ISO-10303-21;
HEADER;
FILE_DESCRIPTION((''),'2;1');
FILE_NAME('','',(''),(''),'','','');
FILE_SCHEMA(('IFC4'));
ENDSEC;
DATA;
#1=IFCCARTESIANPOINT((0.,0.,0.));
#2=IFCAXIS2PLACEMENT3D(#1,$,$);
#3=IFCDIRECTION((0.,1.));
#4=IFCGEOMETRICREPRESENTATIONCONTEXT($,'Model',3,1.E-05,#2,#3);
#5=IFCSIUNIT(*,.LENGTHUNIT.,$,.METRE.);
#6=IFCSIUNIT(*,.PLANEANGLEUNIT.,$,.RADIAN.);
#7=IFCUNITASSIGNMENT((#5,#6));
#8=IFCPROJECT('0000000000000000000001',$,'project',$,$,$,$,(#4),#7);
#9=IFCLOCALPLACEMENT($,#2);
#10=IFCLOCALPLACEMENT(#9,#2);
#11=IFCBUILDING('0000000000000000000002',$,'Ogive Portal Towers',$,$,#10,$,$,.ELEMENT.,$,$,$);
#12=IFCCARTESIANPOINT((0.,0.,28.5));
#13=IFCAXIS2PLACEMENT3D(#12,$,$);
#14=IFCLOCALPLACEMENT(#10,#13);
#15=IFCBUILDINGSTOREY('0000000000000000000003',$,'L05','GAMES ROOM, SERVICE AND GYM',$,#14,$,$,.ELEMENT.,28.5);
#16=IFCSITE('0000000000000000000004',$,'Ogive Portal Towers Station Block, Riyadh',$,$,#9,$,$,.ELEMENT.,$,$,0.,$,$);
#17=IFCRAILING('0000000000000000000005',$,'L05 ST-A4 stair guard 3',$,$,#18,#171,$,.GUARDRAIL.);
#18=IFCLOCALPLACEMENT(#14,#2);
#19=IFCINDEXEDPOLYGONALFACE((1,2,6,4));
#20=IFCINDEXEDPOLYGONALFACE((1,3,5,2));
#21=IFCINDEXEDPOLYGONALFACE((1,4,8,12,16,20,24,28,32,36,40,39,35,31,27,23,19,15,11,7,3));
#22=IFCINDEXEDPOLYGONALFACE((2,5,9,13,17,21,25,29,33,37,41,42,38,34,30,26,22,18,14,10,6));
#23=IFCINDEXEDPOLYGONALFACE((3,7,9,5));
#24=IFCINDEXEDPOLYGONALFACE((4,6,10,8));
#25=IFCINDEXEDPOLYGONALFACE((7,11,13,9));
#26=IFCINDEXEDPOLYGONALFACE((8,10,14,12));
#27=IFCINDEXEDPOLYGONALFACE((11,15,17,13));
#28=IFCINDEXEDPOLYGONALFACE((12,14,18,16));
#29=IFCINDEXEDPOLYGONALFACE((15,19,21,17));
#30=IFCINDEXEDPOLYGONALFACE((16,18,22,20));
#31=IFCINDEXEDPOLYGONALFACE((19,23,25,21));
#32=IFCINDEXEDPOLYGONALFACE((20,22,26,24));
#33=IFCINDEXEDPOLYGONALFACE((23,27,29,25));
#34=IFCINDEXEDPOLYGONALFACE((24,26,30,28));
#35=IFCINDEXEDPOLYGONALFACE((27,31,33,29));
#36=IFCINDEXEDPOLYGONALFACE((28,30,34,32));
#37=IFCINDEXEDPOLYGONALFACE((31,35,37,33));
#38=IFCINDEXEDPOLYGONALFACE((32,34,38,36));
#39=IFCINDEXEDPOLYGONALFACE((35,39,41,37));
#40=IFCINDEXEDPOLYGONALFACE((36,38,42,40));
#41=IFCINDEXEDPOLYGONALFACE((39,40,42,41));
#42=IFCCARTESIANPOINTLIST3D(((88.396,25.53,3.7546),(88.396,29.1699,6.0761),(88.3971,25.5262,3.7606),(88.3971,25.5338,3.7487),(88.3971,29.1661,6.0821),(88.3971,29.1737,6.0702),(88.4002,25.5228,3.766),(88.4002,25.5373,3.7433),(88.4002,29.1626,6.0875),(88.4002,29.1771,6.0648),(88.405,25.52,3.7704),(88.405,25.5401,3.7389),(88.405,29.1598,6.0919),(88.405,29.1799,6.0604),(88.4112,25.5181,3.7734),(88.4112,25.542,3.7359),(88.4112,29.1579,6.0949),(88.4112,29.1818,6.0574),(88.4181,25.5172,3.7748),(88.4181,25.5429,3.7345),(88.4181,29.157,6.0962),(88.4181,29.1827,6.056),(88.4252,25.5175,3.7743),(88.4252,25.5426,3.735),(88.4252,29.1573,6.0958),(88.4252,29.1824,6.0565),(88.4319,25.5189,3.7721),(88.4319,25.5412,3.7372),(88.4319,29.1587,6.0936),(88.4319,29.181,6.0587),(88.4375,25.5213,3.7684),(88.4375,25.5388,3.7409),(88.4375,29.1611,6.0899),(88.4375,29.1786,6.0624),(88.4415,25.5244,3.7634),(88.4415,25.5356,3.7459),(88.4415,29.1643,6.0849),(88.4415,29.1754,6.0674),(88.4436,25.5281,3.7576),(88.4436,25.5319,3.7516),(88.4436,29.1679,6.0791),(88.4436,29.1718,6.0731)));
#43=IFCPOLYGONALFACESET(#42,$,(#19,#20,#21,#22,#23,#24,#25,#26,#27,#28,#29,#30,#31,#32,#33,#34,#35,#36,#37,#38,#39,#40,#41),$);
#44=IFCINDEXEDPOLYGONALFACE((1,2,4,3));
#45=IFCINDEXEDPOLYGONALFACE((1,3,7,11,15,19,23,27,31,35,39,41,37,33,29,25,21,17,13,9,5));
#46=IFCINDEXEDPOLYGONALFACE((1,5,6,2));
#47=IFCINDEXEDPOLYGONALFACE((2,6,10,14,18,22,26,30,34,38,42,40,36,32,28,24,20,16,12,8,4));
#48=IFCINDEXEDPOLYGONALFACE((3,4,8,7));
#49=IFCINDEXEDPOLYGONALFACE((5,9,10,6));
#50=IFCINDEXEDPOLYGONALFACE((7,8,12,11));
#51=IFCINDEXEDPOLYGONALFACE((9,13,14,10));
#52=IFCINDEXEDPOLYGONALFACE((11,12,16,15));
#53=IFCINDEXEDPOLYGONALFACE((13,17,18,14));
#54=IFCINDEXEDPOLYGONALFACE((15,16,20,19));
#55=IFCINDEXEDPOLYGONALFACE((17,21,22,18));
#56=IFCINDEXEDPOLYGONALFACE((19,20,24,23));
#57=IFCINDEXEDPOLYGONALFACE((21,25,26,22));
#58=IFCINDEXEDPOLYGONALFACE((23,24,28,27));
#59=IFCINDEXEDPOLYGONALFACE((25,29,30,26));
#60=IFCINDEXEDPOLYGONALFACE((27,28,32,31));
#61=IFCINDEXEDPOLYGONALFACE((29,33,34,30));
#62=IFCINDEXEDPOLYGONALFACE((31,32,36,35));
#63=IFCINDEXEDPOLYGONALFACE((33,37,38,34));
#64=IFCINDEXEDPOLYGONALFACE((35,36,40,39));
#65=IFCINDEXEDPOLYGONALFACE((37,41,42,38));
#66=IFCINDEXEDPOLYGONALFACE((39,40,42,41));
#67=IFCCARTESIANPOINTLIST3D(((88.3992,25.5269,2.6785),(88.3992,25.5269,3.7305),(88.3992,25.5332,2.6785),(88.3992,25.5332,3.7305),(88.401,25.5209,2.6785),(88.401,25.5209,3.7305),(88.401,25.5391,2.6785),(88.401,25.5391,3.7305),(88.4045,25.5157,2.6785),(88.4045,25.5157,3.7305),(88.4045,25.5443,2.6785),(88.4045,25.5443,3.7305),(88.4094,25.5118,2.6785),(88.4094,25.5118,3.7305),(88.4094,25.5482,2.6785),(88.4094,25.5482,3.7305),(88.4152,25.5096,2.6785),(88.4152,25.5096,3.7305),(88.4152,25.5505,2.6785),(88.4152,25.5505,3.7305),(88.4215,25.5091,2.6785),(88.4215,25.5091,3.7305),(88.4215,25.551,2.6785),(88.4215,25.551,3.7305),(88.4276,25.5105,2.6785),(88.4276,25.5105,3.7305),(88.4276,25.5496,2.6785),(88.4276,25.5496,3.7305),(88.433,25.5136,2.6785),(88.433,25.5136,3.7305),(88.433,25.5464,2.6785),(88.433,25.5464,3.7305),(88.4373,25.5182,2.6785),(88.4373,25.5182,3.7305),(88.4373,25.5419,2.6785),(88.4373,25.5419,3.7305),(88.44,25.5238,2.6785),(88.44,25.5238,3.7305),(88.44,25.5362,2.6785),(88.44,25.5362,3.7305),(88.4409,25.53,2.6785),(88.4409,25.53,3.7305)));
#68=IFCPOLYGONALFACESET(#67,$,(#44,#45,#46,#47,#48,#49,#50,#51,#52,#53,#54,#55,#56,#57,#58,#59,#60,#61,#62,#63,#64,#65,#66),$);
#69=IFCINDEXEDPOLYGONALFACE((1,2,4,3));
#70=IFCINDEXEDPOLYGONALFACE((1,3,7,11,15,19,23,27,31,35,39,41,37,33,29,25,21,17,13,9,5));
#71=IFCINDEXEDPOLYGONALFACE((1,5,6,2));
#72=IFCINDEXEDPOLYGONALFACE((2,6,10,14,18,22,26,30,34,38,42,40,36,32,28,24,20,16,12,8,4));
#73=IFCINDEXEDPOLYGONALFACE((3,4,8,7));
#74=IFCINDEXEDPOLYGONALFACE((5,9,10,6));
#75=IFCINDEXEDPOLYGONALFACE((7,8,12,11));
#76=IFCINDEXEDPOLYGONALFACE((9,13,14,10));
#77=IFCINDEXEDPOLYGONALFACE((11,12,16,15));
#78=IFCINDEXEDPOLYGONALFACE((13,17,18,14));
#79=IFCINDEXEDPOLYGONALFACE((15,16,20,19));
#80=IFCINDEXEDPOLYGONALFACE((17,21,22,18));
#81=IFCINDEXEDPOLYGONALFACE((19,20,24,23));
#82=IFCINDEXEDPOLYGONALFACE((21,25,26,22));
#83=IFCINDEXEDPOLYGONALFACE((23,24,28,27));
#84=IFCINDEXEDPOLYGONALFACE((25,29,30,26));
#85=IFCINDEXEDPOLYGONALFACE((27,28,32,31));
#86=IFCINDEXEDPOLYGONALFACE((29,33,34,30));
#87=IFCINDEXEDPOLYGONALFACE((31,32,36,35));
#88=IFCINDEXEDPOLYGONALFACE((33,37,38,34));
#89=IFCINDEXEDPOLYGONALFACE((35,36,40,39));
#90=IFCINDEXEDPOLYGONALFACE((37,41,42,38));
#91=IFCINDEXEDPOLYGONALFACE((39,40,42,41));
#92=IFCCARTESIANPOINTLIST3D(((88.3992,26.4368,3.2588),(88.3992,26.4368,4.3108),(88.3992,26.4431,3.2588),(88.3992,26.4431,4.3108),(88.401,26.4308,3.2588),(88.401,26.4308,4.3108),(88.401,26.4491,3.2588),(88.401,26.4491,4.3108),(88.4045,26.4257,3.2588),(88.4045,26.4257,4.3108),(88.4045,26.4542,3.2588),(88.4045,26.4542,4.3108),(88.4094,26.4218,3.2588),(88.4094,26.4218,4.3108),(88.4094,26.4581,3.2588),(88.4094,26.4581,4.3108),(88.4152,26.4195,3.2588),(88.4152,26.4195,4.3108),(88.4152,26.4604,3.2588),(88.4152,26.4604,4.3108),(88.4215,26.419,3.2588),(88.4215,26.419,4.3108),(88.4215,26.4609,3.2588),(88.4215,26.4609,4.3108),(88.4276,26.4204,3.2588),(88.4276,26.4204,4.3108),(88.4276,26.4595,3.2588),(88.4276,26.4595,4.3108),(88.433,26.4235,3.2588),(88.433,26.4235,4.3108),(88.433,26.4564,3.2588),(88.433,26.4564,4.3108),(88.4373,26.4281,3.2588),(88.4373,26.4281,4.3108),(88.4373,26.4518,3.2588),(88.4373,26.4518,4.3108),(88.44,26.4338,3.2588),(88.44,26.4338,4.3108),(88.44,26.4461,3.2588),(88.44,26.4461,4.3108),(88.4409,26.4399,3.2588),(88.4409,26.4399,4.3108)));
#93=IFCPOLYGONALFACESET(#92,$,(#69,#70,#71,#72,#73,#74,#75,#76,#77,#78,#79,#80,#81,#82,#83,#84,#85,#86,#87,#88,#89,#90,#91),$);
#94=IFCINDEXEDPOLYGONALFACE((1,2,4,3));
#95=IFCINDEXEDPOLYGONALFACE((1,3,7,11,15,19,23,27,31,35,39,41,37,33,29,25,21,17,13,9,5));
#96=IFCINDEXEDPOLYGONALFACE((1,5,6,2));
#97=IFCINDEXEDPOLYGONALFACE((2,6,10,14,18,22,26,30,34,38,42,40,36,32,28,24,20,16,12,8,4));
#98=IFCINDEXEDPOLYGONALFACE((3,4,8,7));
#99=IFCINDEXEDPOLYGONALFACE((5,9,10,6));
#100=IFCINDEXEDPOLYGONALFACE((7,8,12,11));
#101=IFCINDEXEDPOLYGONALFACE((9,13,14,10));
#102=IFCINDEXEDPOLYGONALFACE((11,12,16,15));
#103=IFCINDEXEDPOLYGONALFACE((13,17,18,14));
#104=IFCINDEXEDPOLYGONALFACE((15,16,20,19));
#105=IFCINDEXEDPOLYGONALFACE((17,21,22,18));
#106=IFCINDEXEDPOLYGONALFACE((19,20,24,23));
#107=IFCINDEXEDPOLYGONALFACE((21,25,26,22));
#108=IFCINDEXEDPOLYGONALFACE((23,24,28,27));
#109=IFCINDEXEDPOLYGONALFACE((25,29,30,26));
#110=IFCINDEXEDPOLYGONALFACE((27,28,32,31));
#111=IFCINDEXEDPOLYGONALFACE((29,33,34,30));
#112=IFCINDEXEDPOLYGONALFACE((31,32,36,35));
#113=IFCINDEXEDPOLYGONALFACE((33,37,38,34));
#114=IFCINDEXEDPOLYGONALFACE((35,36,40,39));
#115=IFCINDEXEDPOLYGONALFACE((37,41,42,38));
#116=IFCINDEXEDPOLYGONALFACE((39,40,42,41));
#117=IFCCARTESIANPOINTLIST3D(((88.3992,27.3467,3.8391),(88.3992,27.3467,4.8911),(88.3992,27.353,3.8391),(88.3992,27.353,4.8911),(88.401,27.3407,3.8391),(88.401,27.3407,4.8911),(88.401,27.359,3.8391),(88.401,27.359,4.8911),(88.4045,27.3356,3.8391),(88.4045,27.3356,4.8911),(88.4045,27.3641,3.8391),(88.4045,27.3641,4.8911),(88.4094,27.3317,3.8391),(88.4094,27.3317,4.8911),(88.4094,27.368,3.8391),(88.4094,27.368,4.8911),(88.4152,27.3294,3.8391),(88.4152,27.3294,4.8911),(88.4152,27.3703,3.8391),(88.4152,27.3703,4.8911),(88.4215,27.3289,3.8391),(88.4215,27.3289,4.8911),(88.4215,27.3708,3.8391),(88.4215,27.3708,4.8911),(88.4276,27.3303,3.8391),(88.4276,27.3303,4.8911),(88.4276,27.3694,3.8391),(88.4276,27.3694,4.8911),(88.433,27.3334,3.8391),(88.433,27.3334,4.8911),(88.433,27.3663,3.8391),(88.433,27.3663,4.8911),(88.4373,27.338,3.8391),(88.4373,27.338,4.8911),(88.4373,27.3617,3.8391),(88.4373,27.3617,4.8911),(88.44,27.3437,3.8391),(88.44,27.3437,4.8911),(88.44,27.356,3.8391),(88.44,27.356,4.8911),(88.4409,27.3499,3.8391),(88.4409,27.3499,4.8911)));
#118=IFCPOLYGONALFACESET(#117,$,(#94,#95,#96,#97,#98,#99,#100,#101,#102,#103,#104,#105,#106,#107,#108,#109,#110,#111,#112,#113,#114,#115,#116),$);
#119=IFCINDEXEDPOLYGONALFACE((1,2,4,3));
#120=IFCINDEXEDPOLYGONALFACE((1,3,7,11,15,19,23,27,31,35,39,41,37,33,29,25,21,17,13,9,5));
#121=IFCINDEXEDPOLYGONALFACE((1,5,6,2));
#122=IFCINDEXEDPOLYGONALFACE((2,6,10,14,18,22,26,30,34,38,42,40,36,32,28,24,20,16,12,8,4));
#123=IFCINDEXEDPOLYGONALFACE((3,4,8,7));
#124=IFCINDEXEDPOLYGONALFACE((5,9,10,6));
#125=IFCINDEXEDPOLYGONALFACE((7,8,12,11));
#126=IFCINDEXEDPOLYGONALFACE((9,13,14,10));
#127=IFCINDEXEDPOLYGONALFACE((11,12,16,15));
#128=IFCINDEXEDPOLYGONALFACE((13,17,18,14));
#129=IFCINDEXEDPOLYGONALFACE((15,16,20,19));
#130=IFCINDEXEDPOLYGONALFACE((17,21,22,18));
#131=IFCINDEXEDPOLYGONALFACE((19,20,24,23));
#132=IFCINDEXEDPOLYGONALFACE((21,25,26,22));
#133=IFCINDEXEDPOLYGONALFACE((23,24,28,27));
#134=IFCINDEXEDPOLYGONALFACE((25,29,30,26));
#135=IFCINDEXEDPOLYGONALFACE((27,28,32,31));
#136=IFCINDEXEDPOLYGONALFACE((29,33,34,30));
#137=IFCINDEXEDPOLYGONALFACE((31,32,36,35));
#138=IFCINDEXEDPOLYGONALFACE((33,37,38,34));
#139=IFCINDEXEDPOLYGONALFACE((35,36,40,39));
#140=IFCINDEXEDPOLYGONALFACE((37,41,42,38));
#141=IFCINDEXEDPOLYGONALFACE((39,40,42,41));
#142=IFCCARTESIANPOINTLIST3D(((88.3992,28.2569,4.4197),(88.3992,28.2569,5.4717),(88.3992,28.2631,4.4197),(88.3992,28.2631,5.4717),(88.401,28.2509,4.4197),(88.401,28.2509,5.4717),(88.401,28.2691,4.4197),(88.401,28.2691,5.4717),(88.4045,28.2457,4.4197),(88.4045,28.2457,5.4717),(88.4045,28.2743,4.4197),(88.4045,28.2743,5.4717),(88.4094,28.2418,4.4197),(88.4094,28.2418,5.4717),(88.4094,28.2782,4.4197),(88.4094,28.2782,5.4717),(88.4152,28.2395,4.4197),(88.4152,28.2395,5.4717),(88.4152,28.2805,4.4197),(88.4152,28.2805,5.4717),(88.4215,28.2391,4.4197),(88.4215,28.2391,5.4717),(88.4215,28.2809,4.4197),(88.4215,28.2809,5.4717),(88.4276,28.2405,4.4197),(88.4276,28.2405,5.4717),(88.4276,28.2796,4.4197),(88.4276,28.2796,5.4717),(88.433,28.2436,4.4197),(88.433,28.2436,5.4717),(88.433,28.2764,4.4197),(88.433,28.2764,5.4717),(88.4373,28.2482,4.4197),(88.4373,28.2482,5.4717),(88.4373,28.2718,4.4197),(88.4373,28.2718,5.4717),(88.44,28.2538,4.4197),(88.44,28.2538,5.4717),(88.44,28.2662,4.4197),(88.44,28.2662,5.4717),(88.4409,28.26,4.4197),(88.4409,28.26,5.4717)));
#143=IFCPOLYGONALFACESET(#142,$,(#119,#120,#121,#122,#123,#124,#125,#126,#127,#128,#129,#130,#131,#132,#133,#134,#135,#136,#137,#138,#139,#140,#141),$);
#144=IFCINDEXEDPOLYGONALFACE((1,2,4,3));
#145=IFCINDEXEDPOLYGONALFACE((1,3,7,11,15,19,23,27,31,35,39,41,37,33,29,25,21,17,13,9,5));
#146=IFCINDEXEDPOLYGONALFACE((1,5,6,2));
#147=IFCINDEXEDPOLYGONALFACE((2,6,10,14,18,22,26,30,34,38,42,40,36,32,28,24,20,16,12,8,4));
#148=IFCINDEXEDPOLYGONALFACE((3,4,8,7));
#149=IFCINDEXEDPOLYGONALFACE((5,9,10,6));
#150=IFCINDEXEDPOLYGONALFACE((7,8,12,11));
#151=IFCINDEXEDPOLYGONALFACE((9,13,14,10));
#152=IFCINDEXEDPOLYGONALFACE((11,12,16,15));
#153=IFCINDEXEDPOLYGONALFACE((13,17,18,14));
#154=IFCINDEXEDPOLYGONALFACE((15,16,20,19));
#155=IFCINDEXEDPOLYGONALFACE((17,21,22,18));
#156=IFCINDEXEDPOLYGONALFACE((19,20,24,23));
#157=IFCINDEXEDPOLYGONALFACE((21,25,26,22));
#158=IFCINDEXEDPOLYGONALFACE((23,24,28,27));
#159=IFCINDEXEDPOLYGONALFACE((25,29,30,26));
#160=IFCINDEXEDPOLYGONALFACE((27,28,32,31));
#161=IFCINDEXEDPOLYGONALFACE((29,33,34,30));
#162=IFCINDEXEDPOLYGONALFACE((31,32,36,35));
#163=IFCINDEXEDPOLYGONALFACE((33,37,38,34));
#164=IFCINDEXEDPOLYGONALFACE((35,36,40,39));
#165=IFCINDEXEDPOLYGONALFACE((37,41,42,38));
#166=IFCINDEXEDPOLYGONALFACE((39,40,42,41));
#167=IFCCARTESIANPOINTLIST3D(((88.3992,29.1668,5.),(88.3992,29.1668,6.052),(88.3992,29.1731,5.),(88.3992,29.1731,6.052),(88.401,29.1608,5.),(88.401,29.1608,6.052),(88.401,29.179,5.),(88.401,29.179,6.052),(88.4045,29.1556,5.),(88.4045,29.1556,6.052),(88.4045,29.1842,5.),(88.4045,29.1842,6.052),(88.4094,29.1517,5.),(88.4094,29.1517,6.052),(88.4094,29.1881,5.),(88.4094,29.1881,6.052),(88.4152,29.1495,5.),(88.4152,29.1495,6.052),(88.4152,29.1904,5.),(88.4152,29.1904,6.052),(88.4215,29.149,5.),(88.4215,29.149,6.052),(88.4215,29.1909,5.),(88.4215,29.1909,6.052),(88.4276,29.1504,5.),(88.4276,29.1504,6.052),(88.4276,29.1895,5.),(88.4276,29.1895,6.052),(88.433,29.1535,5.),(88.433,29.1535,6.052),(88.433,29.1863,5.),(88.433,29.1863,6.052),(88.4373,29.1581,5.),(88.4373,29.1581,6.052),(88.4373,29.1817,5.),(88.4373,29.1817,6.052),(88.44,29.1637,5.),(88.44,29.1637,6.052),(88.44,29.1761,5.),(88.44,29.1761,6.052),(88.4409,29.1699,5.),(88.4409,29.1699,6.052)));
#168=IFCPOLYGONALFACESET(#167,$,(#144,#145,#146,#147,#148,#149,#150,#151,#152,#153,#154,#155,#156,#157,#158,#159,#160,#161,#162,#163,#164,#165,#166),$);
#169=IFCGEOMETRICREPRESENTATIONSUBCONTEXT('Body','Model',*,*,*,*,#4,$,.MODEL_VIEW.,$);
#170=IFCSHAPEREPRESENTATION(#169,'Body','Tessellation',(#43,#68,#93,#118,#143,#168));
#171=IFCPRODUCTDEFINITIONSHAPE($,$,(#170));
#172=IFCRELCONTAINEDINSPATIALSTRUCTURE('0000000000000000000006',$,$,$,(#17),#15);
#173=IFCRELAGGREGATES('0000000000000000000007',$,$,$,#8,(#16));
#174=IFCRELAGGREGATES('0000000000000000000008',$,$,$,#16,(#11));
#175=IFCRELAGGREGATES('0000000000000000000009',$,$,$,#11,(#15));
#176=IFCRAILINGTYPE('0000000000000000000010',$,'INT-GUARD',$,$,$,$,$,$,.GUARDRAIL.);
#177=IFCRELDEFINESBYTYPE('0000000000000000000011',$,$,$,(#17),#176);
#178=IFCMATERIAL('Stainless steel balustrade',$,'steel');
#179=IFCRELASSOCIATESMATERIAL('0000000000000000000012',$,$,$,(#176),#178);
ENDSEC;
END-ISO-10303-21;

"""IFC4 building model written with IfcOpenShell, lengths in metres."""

from ifc_helpers import new_model, si_unit, direction, frame, origin, origin_2d, place, context, subcontext, project, spatial, circle, extrude, material, type_object, element, save


model = new_model("IFC4")

# Units and contexts
model_context = context("Model", 3, precision=1e-05, world=origin(), true_north=direction((0.0, 1.0)))
body_context = subcontext(model_context, "Body", "Model", "MODEL_VIEW")
ifc_project = project(units=[si_unit("LENGTHUNIT", "METRE"), si_unit("PLANEANGLEUNIT", "RADIAN")], contexts=[model_context])

# Site, building, storey
site_placement = place(None, origin())
site = spatial("IfcSite", under=ifc_project, at=site_placement, Name="Ogive Portal Towers Station Block, Riyadh", CompositionType="ELEMENT", RefElevation=0.0)
building_placement = place(site_placement, origin())
building = spatial("IfcBuilding", under=site, at=building_placement, Name="Ogive Portal Towers", CompositionType="ELEMENT")
storey_placement = place(building_placement, frame((0.0, 0.0, 28.5)))
storey = spatial("IfcBuildingStorey", under=building, at=storey_placement, Name="L05", Description="GAMES ROOM, SERVICE AND GYM", CompositionType="ELEMENT", Elevation=28.5)

# Railing
ifc_material_1 = material(Name="Stainless steel balustrade", Category="steel")
railing_type_1 = type_object("IfcRailingType", Name="INT-GUARD", PredefinedType="GUARDRAIL", material=ifc_material_1)
railing_1_placement = place(storey_placement, frame((88.4199, 25.53, 2.6785)))
element("IfcRailing", 1, at=railing_1_placement, inside=storey, type_object=railing_type_1, Name="L05 ST-A4 stair guard 3", PredefinedType="GUARDRAIL", context=body_context, shape_type="SweptSolid", body=[
    extrude(circle(Radius=0.0239, at=origin_2d()), frame((0.0, 0.0, 1.0762), z_axis=(0.0, 0.843112, 0.537739), x_axis=(-1.0, 0.0, 0.0)), (0.0, 0.0, 1.0), 4.3171),
    extrude(circle(Radius=0.021, at=origin_2d()), origin(), (0.0, 0.0, 1.0), 1.052),
    extrude(circle(Radius=0.021, at=origin_2d()), frame((0.0, 0.9099, 0.5803)), (0.0, 0.0, 1.0), 1.052),
    extrude(circle(Radius=0.021, at=origin_2d()), frame((0.0, 1.8198, 1.1606)), (0.0, 0.0, 1.0), 1.052),
    extrude(circle(Radius=0.021, at=origin_2d()), frame((0.0, 2.73, 1.7412)), (0.0, 0.0, 1.0), 1.052),
    extrude(circle(Radius=0.021, at=origin_2d()), frame((0.0, 3.6399, 2.3215)), (0.0, 0.0, 1.0), 1.052),
])

save(model, "model.ifc")
